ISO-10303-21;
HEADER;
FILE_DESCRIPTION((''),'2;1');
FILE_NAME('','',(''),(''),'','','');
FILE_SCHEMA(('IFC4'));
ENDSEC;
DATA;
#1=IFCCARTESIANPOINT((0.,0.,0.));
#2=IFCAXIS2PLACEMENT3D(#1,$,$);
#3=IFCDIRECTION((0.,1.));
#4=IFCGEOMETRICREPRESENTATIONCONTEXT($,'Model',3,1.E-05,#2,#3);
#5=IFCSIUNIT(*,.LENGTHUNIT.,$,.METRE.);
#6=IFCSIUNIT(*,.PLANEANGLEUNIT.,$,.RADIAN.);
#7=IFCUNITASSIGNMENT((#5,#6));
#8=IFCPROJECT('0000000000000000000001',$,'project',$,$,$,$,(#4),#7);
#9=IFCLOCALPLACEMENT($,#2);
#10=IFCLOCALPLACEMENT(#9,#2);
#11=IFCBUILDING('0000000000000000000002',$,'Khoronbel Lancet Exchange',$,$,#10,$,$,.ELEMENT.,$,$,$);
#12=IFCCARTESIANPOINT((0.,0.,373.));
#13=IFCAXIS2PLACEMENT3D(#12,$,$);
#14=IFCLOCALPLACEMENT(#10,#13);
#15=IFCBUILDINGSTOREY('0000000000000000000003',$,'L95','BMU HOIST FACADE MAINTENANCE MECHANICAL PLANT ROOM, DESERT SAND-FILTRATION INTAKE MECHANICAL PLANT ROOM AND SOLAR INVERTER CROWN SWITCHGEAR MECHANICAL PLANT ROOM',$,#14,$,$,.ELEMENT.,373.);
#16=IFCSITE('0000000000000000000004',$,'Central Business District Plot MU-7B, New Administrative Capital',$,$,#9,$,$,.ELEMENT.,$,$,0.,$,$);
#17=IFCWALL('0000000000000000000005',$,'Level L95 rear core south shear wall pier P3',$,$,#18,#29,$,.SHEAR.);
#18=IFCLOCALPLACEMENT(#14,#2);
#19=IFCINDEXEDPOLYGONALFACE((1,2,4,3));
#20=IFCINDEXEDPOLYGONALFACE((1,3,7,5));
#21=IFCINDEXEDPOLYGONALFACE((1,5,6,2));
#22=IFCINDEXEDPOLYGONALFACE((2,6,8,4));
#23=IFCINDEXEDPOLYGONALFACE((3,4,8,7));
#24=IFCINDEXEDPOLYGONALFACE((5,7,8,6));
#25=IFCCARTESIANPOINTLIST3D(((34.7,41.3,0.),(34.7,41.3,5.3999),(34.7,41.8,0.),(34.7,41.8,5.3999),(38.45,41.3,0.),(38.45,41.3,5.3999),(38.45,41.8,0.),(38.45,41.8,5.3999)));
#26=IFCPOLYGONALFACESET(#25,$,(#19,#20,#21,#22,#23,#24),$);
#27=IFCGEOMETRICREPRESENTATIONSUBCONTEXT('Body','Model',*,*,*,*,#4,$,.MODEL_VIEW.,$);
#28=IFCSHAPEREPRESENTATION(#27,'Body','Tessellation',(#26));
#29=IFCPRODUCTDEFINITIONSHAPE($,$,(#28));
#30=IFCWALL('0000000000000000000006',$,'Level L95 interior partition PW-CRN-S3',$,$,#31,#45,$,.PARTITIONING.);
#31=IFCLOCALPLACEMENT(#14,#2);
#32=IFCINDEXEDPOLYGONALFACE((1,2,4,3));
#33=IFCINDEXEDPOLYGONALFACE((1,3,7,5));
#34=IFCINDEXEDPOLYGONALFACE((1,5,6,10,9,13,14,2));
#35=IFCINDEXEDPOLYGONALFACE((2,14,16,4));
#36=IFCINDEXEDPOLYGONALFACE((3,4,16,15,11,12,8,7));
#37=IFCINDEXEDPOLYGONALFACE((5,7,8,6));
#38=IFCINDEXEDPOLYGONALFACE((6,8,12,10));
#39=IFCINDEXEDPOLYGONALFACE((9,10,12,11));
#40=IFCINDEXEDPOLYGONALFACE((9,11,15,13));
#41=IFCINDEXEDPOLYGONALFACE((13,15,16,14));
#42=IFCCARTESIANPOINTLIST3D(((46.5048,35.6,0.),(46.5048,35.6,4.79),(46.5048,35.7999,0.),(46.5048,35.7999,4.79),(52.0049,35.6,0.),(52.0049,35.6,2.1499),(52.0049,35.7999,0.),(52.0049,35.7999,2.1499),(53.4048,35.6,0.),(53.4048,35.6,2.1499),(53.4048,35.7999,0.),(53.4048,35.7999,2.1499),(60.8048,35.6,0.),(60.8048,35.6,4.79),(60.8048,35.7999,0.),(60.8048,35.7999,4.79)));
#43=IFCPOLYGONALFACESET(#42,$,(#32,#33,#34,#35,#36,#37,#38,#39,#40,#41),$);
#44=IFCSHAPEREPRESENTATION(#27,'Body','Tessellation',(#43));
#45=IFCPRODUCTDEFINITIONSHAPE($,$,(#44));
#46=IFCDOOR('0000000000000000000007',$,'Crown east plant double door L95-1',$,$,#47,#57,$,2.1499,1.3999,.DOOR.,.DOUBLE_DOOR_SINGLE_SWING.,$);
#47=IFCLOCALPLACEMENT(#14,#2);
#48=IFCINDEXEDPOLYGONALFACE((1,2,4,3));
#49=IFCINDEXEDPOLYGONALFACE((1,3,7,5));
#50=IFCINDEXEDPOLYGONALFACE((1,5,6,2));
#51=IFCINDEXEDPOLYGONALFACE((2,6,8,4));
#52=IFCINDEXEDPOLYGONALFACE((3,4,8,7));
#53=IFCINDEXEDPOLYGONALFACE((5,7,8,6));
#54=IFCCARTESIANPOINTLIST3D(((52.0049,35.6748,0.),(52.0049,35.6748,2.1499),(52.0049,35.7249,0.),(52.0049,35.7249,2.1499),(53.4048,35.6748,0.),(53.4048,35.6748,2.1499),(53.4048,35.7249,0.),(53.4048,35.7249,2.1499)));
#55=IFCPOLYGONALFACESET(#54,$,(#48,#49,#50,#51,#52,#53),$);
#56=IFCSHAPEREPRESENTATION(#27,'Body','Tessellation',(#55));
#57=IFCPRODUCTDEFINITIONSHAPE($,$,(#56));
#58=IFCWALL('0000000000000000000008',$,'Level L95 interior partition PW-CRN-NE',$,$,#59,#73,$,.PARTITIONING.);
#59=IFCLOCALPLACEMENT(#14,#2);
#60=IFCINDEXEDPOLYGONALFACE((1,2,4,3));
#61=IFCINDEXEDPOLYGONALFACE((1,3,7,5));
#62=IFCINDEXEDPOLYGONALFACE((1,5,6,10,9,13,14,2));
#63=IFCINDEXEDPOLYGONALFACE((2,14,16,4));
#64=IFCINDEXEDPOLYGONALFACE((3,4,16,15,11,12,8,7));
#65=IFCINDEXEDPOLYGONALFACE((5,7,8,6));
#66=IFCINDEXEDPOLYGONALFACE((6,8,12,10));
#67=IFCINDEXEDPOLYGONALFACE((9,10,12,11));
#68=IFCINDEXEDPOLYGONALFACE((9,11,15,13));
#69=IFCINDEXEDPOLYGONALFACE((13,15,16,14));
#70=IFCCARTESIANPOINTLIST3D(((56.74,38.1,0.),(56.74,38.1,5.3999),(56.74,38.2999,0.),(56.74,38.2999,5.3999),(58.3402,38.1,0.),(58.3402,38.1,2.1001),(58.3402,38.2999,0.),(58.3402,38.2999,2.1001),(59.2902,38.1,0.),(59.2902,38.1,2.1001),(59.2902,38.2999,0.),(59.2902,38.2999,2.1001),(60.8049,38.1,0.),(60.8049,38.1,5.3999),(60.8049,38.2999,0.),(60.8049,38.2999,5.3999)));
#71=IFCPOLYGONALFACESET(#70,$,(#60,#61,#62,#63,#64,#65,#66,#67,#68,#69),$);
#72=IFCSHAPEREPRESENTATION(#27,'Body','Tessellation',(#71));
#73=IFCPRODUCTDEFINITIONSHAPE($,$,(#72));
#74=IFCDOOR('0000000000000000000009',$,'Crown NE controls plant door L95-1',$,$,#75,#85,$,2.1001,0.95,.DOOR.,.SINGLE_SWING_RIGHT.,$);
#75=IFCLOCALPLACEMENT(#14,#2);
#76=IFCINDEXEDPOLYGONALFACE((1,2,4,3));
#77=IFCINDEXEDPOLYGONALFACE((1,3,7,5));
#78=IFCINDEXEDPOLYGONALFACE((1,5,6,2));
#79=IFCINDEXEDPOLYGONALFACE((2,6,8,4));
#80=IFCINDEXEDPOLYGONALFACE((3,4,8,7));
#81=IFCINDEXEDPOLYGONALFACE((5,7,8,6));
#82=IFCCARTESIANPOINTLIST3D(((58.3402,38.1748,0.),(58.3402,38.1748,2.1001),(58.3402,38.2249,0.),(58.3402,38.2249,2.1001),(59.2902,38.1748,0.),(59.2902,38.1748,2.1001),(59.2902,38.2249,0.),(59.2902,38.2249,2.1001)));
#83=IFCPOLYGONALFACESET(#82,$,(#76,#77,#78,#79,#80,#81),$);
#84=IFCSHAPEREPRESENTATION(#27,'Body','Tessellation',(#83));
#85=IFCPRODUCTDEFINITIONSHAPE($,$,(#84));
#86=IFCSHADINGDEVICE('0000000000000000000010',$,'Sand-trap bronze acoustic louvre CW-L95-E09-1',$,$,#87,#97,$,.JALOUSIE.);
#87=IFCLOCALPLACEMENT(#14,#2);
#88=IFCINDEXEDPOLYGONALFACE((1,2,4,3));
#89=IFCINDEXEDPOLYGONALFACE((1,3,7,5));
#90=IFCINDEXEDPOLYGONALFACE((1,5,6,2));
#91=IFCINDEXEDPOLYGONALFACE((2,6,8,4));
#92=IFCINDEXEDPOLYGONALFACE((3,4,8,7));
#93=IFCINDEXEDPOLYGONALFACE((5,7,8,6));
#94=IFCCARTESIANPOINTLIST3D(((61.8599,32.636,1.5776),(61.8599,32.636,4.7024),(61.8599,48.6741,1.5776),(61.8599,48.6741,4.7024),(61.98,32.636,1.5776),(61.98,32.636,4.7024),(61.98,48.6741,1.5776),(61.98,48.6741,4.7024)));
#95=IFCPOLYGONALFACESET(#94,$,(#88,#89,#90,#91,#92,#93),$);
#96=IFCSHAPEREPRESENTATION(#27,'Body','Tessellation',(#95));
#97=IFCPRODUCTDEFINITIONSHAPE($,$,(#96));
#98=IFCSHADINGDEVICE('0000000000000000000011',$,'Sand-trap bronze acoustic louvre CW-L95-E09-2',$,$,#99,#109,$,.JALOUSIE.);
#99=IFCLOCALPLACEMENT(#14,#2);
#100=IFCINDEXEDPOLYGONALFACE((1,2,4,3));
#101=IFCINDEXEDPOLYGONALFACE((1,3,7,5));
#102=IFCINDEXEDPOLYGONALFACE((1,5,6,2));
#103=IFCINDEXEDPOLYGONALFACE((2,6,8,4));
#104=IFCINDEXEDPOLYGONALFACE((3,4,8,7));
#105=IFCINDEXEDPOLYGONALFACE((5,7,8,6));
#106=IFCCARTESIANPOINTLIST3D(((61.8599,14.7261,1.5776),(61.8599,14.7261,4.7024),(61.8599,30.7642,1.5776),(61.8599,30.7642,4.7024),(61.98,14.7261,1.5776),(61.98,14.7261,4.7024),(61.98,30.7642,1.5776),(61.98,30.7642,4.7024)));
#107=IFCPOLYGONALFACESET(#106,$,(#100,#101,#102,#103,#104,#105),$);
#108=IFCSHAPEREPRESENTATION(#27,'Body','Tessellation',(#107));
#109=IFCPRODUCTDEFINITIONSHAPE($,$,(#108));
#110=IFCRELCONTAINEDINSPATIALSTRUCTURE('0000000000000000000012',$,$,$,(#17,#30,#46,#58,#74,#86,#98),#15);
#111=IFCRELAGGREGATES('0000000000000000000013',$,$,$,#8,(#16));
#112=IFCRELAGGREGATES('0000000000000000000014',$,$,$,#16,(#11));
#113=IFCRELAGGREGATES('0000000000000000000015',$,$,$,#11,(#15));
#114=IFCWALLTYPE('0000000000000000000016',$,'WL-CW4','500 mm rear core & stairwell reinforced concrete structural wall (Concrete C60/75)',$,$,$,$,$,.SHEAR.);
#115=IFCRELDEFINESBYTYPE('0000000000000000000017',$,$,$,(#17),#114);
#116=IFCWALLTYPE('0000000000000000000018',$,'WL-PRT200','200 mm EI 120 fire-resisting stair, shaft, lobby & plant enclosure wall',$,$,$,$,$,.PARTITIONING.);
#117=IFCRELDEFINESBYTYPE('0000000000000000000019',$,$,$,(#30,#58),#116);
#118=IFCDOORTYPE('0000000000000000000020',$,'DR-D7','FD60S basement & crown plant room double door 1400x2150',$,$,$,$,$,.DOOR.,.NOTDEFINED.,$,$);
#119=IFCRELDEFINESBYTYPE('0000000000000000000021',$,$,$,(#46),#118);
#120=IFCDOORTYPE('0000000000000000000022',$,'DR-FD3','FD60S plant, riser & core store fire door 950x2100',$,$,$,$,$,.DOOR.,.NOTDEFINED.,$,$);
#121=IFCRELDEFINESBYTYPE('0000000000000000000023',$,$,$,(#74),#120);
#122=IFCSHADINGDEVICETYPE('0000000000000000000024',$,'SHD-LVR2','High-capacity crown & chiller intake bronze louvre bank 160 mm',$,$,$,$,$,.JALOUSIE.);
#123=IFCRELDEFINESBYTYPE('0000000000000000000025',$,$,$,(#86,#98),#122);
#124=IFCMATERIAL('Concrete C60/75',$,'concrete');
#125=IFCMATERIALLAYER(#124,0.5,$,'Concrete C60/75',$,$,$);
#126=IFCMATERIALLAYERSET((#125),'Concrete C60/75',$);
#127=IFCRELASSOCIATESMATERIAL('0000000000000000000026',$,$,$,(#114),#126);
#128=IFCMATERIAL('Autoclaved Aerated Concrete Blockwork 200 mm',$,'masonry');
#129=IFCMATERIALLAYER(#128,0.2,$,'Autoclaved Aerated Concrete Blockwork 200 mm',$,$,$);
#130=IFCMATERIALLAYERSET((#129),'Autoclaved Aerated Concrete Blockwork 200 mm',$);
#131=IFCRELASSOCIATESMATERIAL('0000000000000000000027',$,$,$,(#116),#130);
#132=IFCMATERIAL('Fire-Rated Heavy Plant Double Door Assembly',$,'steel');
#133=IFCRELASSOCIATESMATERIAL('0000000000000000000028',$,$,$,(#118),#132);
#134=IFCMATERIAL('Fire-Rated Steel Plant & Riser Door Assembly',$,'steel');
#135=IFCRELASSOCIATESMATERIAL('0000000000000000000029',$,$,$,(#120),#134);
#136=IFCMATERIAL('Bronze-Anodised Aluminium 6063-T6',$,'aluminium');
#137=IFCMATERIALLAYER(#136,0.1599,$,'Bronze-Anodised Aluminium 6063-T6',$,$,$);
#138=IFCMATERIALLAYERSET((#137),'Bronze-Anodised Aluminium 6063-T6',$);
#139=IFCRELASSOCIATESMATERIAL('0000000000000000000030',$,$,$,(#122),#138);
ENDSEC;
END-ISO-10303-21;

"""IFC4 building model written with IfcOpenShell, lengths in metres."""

from ifc_helpers import new_model, si_unit, direction, frame, frame_2d, origin, origin_2d, place, context, subcontext, project, spatial, rectangle, extrude, material, layer, layer_set, type_object, element, fill, save


model = new_model("IFC4")

# Units and contexts
model_context = context("Model", 3, precision=1e-05, world=origin(), true_north=direction((0.0, 1.0)))
body_context = subcontext(model_context, "Body", "Model", "MODEL_VIEW")
ifc_project = project(units=[si_unit("LENGTHUNIT", "METRE"), si_unit("PLANEANGLEUNIT", "RADIAN")], contexts=[model_context])

# Site, building, storey
site_placement = place(None, origin())
site = spatial("IfcSite", under=ifc_project, at=site_placement, Name="Central Business District Plot MU-7B, New Administrative Capital", CompositionType="ELEMENT", RefElevation=0.0)
building_placement = place(site_placement, origin())
building = spatial("IfcBuilding", under=site, at=building_placement, Name="Khoronbel Lancet Exchange", CompositionType="ELEMENT")
storey_placement = place(building_placement, frame((0.0, 0.0, 373.0)))
storey = spatial("IfcBuildingStorey", under=building, at=storey_placement, Name="L95", Description="BMU HOIST FACADE MAINTENANCE MECHANICAL PLANT ROOM, DESERT SAND-FILTRATION INTAKE MECHANICAL PLANT ROOM AND SOLAR INVERTER CROWN SWITCHGEAR MECHANICAL PLANT ROOM", CompositionType="ELEMENT", Elevation=373.0)

# Shared definitions
ifc_material_1 = material(Name="Concrete C60/75", Category="concrete")

# Shared definitions
ifc_material_2 = material(Name="Bronze-Anodised Aluminium 6063-T6", Category="aluminium")

# Wall
ifc_layer_1 = layer(ifc_material_1, 0.5, Name="Concrete C60/75")
ifc_layer_set_1 = layer_set([ifc_layer_1], Name="Concrete C60/75")
wall_type_1 = type_object("IfcWallType", Name="WL-CW4", Description="500 mm rear core & stairwell reinforced concrete structural wall (Concrete C60/75)", PredefinedType="SHEAR", material=ifc_layer_set_1)
wall_1_placement = place(storey_placement, frame((38.45, 41.55, 0.0), z_axis=(0.0, 0.0, 1.0), x_axis=(-1.0, 0.0, 0.0)))
element("IfcWall", 1, at=wall_1_placement, inside=storey, type_object=wall_type_1, Name="Level L95 rear core south shear wall pier P3", PredefinedType="SHEAR", context=body_context, shape_type="SweptSolid", body=[
    extrude(rectangle(XDim=3.75, YDim=0.5, at=frame_2d((1.875, 0.0))), origin(), (0.0, 0.0, 1.0), 5.3999),
])

# Walls, openings, doors
ifc_material_3 = material(Name="Autoclaved Aerated Concrete Blockwork 200 mm", Category="masonry")
ifc_layer_2 = layer(ifc_material_3, 0.2, Name="Autoclaved Aerated Concrete Blockwork 200 mm")
ifc_layer_set_2 = layer_set([ifc_layer_2], Name="Autoclaved Aerated Concrete Blockwork 200 mm")
wall_type_2 = type_object("IfcWallType", Name="WL-PRT200", Description="200 mm EI 120 fire-resisting stair, shaft, lobby & plant enclosure wall", PredefinedType="PARTITIONING", material=ifc_layer_set_2)
wall_2_placement = place(storey_placement, frame((46.5049, 35.7, 0.0), z_axis=(0.0, 0.0, 1.0), x_axis=(1.0, 0.0, 0.0)))
wall_2 = element("IfcWall", 2, at=wall_2_placement, inside=storey, type_object=wall_type_2, Name="Level L95 interior partition PW-CRN-S3", PredefinedType="PARTITIONING", context=body_context, shape_type="SweptSolid", body=[
    extrude(rectangle(XDim=14.3, YDim=0.2, at=frame_2d((7.1499, 0.0))), origin(), (0.0, 0.0, 1.0), 4.79),
])
opening_1_placement = place(wall_2_placement, frame((5.5, 0.0, 0.0)))
opening_1 = element("IfcOpeningElement", 3, at=opening_1_placement, cuts=wall_2, PredefinedType="OPENING", context=body_context, shape_type="SweptSolid", body=[
    extrude(rectangle(XDim=1.3999, YDim=2.1499, at=frame_2d((0.7, 1.075))), frame((0.0, 0.1099, 0.0), z_axis=(0.0, -1.0, 0.0), x_axis=(1.0, 0.0, 0.0)), (0.0, 0.0, 1.0), 0.22),
])
ifc_material_4 = material(Name="Fire-Rated Heavy Plant Double Door Assembly", Category="steel")
door_type_1 = type_object("IfcDoorType", Name="DR-D7", Description="FD60S basement & crown plant room double door 1400x2150", OperationType="NOTDEFINED", PredefinedType="DOOR", material=ifc_material_4)
door_1_placement = place(opening_1_placement, origin())
door_1 = element("IfcDoor", 4, at=door_1_placement, inside=storey, type_object=door_type_1, Name="Crown east plant double door L95-1", OperationType="DOUBLE_DOOR_SINGLE_SWING", OverallHeight=2.1499, OverallWidth=1.3999, PredefinedType="DOOR", context=body_context, shape_type="SweptSolid", body=[
    extrude(rectangle(XDim=1.3999, YDim=2.1499, at=frame_2d((0.7, 1.075))), frame((0.0, 0.0249, 0.0), z_axis=(0.0, -1.0, 0.0), x_axis=(1.0, 0.0, 0.0)), (0.0, 0.0, 1.0), 0.05),
])
fill(opening_1, door_1)
wall_3_placement = place(storey_placement, frame((56.74, 38.2, 0.0), z_axis=(0.0, 0.0, 1.0), x_axis=(1.0, 0.0, 0.0)))
wall_3 = element("IfcWall", 5, at=wall_3_placement, inside=storey, type_object=wall_type_2, Name="Level L95 interior partition PW-CRN-NE", PredefinedType="PARTITIONING", context=body_context, shape_type="SweptSolid", body=[
    extrude(rectangle(XDim=4.0649, YDim=0.2, at=frame_2d((2.0325, 0.0))), origin(), (0.0, 0.0, 1.0), 5.3999),
])
opening_2_placement = place(wall_3_placement, frame((1.6001, 0.0, 0.0)))
opening_2 = element("IfcOpeningElement", 6, at=opening_2_placement, cuts=wall_3, PredefinedType="OPENING", context=body_context, shape_type="SweptSolid", body=[
    extrude(rectangle(XDim=0.95, YDim=2.1001, at=frame_2d((0.4751, 1.05))), frame((0.0, 0.1099, 0.0), z_axis=(0.0, -1.0, 0.0), x_axis=(1.0, 0.0, 0.0)), (0.0, 0.0, 1.0), 0.22),
])
ifc_material_5 = material(Name="Fire-Rated Steel Plant & Riser Door Assembly", Category="steel")
door_type_2 = type_object("IfcDoorType", Name="DR-FD3", Description="FD60S plant, riser & core store fire door 950x2100", OperationType="NOTDEFINED", PredefinedType="DOOR", material=ifc_material_5)
door_2_placement = place(opening_2_placement, origin())
door_2 = element("IfcDoor", 7, at=door_2_placement, inside=storey, type_object=door_type_2, Name="Crown NE controls plant door L95-1", OperationType="SINGLE_SWING_RIGHT", OverallHeight=2.1001, OverallWidth=0.95, PredefinedType="DOOR", context=body_context, shape_type="SweptSolid", body=[
    extrude(rectangle(XDim=0.95, YDim=2.1001, at=frame_2d((0.4751, 1.05))), frame((0.0, 0.0249, 0.0), z_axis=(0.0, -1.0, 0.0), x_axis=(1.0, 0.0, 0.0)), (0.0, 0.0, 1.0), 0.05),
])
fill(opening_2, door_2)

# Shading devices
ifc_layer_3 = layer(ifc_material_2, 0.1599, Name="Bronze-Anodised Aluminium 6063-T6")
ifc_layer_set_3 = layer_set([ifc_layer_3], Name="Bronze-Anodised Aluminium 6063-T6")
shading_device_type = type_object("IfcShadingDeviceType", Name="SHD-LVR2", Description="High-capacity crown & chiller intake bronze louvre bank 160 mm", PredefinedType="JALOUSIE", material=ifc_layer_set_3)
for number, where, z_axis, x_axis, name in (
    (8, (61.9199, 40.655, 1.5776), (0.0, 0.0, 1.0), (0.0, -1.0, 0.0), "Sand-trap bronze acoustic louvre CW-L95-E09-1"),
    (9, (61.9199, 22.7451, 1.5776), (0.0, 0.0, 1.0), (0.0, -1.0, 0.0), "Sand-trap bronze acoustic louvre CW-L95-E09-2"),
):
    element("IfcShadingDevice", number, at=place(storey_placement, frame(where, z_axis=z_axis, x_axis=x_axis)), inside=storey, type_object=shading_device_type, Name=name, PredefinedType="JALOUSIE", context=body_context, shape_type="SweptSolid", body=[
        extrude(rectangle(XDim=16.0381, YDim=0.1201, at=origin_2d()), origin(), (0.0, 0.0, 1.0), 3.1248),
    ])

save(model, "model.ifc")
